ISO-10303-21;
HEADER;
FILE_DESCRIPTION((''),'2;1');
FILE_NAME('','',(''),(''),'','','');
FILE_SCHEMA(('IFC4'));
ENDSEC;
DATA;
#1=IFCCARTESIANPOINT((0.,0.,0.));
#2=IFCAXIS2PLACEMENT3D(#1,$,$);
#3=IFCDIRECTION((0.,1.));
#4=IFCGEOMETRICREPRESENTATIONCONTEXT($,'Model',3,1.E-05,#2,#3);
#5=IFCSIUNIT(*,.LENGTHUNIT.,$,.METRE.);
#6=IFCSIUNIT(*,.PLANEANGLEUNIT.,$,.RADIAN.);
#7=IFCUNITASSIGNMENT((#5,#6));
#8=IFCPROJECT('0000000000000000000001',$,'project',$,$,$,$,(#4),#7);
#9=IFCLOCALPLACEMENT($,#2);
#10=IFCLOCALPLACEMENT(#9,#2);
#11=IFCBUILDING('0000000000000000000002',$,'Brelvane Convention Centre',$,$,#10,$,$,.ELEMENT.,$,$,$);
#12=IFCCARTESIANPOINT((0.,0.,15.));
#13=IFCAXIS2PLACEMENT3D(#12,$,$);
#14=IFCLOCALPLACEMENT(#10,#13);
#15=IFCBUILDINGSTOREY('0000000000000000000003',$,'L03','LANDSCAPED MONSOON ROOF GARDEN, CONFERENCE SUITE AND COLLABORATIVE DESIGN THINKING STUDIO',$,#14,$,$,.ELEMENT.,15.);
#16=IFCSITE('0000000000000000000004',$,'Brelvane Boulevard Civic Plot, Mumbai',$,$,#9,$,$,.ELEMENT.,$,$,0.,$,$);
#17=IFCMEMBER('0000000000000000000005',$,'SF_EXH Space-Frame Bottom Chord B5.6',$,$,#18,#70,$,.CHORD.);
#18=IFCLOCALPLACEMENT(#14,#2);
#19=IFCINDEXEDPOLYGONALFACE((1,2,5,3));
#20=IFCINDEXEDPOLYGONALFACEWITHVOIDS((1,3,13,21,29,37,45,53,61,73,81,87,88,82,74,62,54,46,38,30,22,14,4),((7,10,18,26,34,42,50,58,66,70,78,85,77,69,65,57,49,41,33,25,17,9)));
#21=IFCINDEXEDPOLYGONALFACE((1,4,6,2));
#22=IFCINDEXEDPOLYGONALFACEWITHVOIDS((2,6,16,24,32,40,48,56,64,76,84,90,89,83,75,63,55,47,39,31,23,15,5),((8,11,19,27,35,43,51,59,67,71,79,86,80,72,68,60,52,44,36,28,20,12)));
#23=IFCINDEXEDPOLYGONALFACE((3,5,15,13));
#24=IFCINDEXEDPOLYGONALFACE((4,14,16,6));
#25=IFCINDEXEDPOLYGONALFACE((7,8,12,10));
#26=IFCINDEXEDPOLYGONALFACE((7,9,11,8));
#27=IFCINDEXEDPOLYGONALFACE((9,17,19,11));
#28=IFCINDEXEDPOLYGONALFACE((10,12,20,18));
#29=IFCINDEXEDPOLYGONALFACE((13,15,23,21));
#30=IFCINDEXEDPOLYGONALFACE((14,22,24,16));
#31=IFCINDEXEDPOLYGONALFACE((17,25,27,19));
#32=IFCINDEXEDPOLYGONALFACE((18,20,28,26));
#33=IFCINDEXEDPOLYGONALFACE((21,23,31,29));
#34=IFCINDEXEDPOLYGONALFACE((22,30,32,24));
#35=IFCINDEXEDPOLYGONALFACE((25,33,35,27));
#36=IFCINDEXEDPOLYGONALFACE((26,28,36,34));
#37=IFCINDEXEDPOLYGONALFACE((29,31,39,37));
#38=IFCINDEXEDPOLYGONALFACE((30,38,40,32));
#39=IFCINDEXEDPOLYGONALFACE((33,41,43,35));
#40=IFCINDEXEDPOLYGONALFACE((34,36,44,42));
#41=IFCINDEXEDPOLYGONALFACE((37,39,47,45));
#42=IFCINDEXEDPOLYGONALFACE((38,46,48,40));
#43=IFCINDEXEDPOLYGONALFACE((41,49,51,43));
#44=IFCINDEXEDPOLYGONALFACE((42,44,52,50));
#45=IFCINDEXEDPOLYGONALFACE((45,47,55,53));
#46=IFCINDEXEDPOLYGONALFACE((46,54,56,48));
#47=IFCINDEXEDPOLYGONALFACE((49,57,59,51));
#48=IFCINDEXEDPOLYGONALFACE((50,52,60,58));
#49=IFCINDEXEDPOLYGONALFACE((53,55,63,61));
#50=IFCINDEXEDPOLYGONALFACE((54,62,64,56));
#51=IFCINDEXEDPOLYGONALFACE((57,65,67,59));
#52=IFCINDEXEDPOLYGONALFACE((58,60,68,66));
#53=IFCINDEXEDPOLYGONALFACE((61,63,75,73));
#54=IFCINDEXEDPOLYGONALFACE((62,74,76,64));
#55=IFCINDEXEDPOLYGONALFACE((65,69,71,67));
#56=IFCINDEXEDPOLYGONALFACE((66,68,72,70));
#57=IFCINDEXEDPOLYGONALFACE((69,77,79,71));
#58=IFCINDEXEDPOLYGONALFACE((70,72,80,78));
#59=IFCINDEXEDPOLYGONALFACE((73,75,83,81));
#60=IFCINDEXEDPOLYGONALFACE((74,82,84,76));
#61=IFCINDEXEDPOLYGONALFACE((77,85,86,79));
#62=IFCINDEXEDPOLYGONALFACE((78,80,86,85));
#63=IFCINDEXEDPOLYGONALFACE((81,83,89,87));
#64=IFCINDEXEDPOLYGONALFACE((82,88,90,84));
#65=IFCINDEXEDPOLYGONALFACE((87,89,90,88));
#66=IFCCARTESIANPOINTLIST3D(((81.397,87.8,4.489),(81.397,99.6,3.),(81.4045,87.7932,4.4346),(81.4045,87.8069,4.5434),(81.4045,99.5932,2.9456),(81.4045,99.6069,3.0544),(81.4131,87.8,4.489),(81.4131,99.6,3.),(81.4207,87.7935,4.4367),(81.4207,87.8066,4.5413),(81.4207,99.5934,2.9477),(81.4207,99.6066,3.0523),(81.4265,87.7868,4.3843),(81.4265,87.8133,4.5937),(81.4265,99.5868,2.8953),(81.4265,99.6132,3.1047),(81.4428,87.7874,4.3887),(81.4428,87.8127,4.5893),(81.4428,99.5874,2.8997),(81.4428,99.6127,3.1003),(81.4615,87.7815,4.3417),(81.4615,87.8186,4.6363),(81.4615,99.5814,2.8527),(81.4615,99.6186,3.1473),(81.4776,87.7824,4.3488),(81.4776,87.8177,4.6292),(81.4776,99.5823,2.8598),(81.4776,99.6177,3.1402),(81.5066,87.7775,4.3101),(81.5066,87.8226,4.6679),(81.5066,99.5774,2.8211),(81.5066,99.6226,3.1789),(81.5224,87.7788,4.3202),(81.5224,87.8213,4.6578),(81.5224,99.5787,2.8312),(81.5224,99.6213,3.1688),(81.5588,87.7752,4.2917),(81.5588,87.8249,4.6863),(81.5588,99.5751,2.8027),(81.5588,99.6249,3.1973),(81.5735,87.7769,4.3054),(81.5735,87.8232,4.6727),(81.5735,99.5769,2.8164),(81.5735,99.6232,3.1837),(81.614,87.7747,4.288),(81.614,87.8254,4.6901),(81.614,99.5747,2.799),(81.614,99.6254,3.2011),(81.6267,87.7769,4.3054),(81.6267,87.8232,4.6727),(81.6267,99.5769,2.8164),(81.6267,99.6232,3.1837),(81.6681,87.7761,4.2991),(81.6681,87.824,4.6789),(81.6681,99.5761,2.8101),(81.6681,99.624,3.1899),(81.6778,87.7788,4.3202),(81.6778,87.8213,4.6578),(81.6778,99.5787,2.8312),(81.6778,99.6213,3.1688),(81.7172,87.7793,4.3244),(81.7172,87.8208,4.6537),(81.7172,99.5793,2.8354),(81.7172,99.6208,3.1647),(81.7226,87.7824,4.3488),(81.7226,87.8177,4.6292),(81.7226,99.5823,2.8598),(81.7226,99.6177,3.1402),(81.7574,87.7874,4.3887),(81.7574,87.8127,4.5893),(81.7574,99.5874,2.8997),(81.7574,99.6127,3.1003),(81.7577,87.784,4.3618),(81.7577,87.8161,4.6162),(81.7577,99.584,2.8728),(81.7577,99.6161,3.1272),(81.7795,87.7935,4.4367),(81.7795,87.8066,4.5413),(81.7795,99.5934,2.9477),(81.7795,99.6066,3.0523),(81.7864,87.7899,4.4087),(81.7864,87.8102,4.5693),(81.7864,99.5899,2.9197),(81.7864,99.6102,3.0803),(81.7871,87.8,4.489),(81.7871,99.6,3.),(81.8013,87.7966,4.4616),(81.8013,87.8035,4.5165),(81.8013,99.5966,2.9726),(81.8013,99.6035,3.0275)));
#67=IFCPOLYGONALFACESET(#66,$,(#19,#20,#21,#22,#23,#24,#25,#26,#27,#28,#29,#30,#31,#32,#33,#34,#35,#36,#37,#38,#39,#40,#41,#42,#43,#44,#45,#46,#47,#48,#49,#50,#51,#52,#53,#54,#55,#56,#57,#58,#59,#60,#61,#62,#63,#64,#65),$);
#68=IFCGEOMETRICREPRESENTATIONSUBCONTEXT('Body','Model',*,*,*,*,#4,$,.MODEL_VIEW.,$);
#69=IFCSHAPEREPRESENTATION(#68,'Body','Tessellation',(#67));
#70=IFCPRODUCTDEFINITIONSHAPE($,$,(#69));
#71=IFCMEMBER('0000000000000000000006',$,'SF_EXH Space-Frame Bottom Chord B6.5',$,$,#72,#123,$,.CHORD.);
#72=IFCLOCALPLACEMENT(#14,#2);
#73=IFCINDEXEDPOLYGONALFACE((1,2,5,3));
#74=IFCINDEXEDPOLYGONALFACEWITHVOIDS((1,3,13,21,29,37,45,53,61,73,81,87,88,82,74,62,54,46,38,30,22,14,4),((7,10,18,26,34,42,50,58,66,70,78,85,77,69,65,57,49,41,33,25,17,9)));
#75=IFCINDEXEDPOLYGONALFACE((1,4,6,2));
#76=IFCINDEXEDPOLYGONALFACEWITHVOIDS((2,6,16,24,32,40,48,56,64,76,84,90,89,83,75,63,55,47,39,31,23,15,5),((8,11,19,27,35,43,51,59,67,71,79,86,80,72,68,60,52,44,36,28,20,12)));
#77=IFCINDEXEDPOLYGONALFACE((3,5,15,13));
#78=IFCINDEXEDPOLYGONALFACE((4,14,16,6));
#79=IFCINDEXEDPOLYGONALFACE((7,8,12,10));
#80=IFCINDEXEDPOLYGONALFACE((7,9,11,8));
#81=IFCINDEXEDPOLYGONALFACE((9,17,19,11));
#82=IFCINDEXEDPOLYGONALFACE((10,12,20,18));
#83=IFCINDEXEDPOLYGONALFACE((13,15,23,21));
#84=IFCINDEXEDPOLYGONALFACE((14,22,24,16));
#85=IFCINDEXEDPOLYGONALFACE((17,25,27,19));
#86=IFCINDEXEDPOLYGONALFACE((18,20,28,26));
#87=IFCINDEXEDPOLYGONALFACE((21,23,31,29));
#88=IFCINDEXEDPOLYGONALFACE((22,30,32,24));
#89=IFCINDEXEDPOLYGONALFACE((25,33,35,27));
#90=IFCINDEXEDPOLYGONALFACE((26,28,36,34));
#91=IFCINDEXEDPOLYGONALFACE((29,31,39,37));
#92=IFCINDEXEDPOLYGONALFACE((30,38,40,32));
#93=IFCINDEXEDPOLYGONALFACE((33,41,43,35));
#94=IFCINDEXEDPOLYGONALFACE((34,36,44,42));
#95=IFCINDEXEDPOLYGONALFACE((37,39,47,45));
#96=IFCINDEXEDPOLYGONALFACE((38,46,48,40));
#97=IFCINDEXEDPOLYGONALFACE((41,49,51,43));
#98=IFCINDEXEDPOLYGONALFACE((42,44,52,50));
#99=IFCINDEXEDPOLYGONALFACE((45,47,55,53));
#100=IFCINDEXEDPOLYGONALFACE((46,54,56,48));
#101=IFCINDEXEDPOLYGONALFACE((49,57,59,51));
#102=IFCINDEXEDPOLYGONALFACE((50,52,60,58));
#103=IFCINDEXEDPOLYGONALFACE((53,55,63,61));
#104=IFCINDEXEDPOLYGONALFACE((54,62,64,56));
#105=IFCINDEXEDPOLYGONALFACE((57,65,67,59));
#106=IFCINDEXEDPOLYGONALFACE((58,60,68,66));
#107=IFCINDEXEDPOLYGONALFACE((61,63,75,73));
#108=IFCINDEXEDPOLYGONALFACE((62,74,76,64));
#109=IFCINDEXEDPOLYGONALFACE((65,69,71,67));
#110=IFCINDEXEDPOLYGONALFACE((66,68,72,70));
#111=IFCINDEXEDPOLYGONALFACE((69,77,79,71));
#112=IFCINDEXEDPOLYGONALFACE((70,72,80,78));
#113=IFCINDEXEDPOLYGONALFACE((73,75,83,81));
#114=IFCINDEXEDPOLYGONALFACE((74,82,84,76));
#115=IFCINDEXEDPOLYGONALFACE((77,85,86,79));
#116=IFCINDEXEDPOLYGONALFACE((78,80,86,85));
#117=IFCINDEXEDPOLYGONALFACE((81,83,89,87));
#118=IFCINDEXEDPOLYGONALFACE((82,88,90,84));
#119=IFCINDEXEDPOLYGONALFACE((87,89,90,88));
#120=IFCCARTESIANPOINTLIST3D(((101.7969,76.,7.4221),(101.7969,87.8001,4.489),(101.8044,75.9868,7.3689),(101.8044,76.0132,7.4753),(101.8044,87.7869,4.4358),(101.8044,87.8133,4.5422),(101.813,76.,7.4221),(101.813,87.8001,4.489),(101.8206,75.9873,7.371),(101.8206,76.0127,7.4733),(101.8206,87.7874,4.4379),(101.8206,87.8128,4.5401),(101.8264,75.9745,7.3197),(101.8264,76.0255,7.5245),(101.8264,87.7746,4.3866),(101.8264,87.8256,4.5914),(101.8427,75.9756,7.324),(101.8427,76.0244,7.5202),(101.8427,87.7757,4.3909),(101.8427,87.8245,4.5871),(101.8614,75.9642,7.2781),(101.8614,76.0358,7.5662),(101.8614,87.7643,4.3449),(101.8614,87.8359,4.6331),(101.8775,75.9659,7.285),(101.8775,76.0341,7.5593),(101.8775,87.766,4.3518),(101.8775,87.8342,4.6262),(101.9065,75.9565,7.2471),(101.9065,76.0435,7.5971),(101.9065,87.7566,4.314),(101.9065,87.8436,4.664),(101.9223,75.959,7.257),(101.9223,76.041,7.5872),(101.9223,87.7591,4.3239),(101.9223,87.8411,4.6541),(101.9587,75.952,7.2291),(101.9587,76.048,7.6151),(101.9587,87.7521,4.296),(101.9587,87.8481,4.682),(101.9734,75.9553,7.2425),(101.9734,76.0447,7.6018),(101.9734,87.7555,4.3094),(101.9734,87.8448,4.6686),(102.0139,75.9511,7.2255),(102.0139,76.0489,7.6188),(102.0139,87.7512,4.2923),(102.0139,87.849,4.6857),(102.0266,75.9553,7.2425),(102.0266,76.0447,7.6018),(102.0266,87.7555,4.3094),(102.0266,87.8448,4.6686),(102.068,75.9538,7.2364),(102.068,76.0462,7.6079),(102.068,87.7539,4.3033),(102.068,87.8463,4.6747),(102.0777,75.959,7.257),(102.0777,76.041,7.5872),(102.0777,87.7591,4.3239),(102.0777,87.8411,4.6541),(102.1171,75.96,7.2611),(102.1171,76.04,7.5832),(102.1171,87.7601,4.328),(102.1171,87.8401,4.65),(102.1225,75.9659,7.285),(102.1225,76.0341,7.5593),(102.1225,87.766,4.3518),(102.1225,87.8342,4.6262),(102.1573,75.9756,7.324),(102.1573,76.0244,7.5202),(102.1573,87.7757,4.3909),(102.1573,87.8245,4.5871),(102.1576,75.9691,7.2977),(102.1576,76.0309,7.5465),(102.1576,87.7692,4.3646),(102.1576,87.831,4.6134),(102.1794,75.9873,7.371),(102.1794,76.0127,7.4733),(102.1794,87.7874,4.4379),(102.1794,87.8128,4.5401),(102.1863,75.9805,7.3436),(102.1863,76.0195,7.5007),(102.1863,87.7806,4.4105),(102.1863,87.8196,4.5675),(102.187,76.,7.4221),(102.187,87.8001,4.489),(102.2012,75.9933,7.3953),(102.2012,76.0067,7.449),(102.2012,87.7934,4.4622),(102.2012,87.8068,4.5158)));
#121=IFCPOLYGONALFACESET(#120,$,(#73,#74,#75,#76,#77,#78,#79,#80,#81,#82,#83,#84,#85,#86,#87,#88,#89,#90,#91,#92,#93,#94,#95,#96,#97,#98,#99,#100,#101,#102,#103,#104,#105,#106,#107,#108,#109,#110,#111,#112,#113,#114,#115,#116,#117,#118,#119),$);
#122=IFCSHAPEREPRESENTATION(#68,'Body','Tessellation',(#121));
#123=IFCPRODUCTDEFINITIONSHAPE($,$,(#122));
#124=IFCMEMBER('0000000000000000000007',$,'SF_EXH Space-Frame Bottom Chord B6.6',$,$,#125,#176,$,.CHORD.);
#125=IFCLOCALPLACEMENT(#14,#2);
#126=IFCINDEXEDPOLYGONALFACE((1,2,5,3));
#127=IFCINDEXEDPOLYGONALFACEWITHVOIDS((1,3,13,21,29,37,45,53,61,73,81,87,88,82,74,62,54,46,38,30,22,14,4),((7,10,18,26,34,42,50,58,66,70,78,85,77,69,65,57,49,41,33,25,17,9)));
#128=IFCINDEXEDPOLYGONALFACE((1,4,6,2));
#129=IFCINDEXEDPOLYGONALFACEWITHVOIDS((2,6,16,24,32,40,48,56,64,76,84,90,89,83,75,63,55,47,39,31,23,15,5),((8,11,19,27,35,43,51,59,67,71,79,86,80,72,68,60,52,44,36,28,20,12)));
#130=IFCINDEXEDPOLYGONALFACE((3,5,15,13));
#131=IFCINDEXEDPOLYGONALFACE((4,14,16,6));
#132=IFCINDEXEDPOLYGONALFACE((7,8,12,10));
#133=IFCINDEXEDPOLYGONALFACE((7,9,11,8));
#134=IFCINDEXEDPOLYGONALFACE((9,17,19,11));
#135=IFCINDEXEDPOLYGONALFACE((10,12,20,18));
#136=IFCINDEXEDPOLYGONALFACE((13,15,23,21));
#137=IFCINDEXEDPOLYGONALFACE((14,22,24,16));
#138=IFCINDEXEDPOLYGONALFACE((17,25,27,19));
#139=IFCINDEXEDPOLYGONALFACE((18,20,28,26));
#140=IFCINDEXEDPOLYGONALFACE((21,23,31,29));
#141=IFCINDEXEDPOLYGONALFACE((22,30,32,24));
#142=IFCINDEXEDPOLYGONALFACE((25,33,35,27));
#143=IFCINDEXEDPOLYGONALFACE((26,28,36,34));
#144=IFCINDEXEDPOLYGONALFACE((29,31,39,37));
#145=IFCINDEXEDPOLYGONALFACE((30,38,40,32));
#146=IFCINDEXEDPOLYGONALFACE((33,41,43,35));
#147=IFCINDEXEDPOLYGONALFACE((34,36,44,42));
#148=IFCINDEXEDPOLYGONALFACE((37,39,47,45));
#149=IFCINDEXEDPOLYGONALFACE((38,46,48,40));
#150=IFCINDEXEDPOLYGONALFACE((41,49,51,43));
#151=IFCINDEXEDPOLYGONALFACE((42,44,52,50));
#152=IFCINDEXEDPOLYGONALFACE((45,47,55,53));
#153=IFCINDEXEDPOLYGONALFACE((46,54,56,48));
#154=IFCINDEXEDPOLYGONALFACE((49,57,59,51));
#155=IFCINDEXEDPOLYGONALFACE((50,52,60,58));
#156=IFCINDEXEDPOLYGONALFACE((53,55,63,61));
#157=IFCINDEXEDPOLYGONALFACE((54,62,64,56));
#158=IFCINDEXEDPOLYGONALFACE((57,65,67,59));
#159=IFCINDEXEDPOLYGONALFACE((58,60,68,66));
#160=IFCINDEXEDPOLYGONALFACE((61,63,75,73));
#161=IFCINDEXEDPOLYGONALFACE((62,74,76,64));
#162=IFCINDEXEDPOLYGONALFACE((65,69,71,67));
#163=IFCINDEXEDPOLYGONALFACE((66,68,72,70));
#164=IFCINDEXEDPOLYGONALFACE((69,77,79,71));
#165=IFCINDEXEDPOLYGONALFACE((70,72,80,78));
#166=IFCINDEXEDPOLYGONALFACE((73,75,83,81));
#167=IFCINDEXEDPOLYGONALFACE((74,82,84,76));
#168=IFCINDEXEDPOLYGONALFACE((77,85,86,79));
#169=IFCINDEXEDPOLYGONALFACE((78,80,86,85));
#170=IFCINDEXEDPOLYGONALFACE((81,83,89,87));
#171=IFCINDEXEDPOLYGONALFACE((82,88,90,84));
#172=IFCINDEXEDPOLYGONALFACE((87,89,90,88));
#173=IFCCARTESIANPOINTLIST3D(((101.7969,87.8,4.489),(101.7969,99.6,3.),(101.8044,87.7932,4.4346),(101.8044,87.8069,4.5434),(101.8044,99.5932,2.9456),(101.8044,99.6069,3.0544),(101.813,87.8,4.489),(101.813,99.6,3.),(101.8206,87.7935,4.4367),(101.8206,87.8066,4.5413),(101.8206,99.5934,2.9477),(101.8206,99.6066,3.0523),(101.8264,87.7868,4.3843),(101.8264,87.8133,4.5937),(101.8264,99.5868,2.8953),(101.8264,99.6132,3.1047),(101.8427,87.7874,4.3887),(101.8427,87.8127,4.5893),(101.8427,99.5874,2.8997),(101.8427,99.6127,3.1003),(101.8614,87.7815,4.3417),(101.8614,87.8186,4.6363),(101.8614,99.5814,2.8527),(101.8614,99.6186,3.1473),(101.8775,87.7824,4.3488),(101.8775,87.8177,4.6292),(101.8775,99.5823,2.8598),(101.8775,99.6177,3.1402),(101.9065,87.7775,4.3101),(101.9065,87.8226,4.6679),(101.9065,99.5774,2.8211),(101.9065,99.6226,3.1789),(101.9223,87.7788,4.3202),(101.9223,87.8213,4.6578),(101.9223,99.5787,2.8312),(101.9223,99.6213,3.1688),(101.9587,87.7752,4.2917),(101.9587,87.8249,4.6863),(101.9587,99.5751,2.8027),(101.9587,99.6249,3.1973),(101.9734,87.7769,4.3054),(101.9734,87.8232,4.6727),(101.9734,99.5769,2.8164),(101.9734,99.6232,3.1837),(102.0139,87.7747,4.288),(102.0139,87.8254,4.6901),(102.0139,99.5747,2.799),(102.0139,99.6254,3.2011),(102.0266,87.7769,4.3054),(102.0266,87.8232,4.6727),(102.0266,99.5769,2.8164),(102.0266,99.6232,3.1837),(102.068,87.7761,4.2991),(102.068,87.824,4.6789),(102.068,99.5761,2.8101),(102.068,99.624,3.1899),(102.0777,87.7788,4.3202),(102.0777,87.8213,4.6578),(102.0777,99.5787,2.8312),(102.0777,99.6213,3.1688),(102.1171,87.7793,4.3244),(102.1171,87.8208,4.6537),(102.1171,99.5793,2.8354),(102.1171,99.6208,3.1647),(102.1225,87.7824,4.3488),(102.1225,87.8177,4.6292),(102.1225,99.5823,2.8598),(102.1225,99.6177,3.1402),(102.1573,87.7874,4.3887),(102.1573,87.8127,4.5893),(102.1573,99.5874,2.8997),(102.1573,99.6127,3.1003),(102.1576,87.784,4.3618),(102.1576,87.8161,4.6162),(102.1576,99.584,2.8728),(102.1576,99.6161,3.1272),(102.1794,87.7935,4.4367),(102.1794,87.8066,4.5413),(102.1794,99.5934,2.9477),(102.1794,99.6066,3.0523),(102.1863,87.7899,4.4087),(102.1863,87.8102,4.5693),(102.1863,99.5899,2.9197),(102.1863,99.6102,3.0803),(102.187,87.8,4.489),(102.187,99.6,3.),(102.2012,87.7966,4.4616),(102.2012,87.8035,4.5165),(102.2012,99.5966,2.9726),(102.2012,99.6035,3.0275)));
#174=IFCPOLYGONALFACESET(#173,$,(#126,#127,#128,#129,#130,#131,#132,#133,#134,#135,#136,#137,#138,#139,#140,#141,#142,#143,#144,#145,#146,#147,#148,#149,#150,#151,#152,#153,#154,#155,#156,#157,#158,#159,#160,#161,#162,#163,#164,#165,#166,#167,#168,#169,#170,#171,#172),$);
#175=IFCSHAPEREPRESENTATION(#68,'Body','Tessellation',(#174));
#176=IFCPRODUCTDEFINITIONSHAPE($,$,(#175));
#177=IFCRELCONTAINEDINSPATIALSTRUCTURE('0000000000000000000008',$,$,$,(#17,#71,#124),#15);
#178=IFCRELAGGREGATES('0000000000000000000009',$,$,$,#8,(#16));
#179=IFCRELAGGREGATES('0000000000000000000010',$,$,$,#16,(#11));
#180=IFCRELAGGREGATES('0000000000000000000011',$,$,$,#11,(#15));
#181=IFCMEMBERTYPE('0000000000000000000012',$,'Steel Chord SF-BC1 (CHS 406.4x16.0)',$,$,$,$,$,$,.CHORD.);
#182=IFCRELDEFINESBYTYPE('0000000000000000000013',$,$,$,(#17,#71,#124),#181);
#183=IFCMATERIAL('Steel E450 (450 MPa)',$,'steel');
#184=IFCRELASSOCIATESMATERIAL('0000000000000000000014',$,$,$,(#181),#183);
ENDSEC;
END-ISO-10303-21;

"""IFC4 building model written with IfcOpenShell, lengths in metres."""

from ifc_helpers import new_model, si_unit, direction, frame, origin, origin_2d, place, context, subcontext, project, spatial, hollow_circle, extrude, material, material_profile, profile_set, type_object, element, save


model = new_model("IFC4")

# Units and contexts
model_context = context("Model", 3, precision=1e-05, world=origin(), true_north=direction((0.0, 1.0)))
body_context = subcontext(model_context, "Body", "Model", "MODEL_VIEW")
ifc_project = project(units=[si_unit("LENGTHUNIT", "METRE"), si_unit("PLANEANGLEUNIT", "RADIAN")], contexts=[model_context])

# Site, building, storey
site_placement = place(None, origin())
site = spatial("IfcSite", under=ifc_project, at=site_placement, Name="Brelvane Boulevard Civic Plot, Mumbai", CompositionType="ELEMENT", RefElevation=0.0)
building_placement = place(site_placement, origin())
building = spatial("IfcBuilding", under=site, at=building_placement, Name="Brelvane Convention Centre", CompositionType="ELEMENT")
storey_placement = place(building_placement, frame((0.0, 0.0, 15.0)))
storey = spatial("IfcBuildingStorey", under=building, at=storey_placement, Name="L03", Description="LANDSCAPED MONSOON ROOF GARDEN, CONFERENCE SUITE AND COLLABORATIVE DESIGN THINKING STUDIO", CompositionType="ELEMENT", Elevation=15.0)

# Members
ifc_material_1 = material(Name="Steel E450 (450 MPa)", Category="steel")
ifc_material_profile_1 = material_profile(ifc_material_1, hollow_circle(Radius=0.2031, WallThickness=0.0161, at=origin_2d()), Name="CHS 406.4x16.0")
ifc_profile_set_1 = profile_set([ifc_material_profile_1], Name="Steel E450 (450 MPa)")
member_type_1 = type_object("IfcMemberType", Name="Steel Chord SF-BC1 (CHS 406.4x16.0)", PredefinedType="CHORD", material=ifc_profile_set_1)
member_1_placement = place(storey_placement, frame((81.6001, 87.8, 4.489), z_axis=(0.0, 0.992132, -0.125194), x_axis=(-1.0, 0.0, 0.0)))
element("IfcMember", 1, at=member_1_placement, inside=storey, type_object=member_type_1, Name="SF_EXH Space-Frame Bottom Chord B5.6", PredefinedType="CHORD", context=body_context, shape_type="SweptSolid", body=[
    extrude(hollow_circle(Radius=0.2031, WallThickness=0.0161, at=origin_2d()), origin(), (0.0, 0.0, 1.0), 11.8936),
])
member_2_placement = place(storey_placement, frame((102.0, 76.0, 7.4221), z_axis=(0.0, 0.970469, -0.241227), x_axis=(-1.0, 0.0, 0.0)))
element("IfcMember", 2, at=member_2_placement, inside=storey, type_object=member_type_1, Name="SF_EXH Space-Frame Bottom Chord B6.5", PredefinedType="CHORD", context=body_context, shape_type="SweptSolid", body=[
    extrude(hollow_circle(Radius=0.2031, WallThickness=0.0161, at=origin_2d()), origin(), (0.0, 0.0, 1.0), 12.1592),
])
member_3_placement = place(storey_placement, frame((102.0, 87.8, 4.489), z_axis=(0.0, 0.992132, -0.125194), x_axis=(-1.0, 0.0, 0.0)))
element("IfcMember", 3, at=member_3_placement, inside=storey, type_object=member_type_1, Name="SF_EXH Space-Frame Bottom Chord B6.6", PredefinedType="CHORD", context=body_context, shape_type="SweptSolid", body=[
    extrude(hollow_circle(Radius=0.2031, WallThickness=0.0161, at=origin_2d()), origin(), (0.0, 0.0, 1.0), 11.8936),
])

save(model, "model.ifc")
